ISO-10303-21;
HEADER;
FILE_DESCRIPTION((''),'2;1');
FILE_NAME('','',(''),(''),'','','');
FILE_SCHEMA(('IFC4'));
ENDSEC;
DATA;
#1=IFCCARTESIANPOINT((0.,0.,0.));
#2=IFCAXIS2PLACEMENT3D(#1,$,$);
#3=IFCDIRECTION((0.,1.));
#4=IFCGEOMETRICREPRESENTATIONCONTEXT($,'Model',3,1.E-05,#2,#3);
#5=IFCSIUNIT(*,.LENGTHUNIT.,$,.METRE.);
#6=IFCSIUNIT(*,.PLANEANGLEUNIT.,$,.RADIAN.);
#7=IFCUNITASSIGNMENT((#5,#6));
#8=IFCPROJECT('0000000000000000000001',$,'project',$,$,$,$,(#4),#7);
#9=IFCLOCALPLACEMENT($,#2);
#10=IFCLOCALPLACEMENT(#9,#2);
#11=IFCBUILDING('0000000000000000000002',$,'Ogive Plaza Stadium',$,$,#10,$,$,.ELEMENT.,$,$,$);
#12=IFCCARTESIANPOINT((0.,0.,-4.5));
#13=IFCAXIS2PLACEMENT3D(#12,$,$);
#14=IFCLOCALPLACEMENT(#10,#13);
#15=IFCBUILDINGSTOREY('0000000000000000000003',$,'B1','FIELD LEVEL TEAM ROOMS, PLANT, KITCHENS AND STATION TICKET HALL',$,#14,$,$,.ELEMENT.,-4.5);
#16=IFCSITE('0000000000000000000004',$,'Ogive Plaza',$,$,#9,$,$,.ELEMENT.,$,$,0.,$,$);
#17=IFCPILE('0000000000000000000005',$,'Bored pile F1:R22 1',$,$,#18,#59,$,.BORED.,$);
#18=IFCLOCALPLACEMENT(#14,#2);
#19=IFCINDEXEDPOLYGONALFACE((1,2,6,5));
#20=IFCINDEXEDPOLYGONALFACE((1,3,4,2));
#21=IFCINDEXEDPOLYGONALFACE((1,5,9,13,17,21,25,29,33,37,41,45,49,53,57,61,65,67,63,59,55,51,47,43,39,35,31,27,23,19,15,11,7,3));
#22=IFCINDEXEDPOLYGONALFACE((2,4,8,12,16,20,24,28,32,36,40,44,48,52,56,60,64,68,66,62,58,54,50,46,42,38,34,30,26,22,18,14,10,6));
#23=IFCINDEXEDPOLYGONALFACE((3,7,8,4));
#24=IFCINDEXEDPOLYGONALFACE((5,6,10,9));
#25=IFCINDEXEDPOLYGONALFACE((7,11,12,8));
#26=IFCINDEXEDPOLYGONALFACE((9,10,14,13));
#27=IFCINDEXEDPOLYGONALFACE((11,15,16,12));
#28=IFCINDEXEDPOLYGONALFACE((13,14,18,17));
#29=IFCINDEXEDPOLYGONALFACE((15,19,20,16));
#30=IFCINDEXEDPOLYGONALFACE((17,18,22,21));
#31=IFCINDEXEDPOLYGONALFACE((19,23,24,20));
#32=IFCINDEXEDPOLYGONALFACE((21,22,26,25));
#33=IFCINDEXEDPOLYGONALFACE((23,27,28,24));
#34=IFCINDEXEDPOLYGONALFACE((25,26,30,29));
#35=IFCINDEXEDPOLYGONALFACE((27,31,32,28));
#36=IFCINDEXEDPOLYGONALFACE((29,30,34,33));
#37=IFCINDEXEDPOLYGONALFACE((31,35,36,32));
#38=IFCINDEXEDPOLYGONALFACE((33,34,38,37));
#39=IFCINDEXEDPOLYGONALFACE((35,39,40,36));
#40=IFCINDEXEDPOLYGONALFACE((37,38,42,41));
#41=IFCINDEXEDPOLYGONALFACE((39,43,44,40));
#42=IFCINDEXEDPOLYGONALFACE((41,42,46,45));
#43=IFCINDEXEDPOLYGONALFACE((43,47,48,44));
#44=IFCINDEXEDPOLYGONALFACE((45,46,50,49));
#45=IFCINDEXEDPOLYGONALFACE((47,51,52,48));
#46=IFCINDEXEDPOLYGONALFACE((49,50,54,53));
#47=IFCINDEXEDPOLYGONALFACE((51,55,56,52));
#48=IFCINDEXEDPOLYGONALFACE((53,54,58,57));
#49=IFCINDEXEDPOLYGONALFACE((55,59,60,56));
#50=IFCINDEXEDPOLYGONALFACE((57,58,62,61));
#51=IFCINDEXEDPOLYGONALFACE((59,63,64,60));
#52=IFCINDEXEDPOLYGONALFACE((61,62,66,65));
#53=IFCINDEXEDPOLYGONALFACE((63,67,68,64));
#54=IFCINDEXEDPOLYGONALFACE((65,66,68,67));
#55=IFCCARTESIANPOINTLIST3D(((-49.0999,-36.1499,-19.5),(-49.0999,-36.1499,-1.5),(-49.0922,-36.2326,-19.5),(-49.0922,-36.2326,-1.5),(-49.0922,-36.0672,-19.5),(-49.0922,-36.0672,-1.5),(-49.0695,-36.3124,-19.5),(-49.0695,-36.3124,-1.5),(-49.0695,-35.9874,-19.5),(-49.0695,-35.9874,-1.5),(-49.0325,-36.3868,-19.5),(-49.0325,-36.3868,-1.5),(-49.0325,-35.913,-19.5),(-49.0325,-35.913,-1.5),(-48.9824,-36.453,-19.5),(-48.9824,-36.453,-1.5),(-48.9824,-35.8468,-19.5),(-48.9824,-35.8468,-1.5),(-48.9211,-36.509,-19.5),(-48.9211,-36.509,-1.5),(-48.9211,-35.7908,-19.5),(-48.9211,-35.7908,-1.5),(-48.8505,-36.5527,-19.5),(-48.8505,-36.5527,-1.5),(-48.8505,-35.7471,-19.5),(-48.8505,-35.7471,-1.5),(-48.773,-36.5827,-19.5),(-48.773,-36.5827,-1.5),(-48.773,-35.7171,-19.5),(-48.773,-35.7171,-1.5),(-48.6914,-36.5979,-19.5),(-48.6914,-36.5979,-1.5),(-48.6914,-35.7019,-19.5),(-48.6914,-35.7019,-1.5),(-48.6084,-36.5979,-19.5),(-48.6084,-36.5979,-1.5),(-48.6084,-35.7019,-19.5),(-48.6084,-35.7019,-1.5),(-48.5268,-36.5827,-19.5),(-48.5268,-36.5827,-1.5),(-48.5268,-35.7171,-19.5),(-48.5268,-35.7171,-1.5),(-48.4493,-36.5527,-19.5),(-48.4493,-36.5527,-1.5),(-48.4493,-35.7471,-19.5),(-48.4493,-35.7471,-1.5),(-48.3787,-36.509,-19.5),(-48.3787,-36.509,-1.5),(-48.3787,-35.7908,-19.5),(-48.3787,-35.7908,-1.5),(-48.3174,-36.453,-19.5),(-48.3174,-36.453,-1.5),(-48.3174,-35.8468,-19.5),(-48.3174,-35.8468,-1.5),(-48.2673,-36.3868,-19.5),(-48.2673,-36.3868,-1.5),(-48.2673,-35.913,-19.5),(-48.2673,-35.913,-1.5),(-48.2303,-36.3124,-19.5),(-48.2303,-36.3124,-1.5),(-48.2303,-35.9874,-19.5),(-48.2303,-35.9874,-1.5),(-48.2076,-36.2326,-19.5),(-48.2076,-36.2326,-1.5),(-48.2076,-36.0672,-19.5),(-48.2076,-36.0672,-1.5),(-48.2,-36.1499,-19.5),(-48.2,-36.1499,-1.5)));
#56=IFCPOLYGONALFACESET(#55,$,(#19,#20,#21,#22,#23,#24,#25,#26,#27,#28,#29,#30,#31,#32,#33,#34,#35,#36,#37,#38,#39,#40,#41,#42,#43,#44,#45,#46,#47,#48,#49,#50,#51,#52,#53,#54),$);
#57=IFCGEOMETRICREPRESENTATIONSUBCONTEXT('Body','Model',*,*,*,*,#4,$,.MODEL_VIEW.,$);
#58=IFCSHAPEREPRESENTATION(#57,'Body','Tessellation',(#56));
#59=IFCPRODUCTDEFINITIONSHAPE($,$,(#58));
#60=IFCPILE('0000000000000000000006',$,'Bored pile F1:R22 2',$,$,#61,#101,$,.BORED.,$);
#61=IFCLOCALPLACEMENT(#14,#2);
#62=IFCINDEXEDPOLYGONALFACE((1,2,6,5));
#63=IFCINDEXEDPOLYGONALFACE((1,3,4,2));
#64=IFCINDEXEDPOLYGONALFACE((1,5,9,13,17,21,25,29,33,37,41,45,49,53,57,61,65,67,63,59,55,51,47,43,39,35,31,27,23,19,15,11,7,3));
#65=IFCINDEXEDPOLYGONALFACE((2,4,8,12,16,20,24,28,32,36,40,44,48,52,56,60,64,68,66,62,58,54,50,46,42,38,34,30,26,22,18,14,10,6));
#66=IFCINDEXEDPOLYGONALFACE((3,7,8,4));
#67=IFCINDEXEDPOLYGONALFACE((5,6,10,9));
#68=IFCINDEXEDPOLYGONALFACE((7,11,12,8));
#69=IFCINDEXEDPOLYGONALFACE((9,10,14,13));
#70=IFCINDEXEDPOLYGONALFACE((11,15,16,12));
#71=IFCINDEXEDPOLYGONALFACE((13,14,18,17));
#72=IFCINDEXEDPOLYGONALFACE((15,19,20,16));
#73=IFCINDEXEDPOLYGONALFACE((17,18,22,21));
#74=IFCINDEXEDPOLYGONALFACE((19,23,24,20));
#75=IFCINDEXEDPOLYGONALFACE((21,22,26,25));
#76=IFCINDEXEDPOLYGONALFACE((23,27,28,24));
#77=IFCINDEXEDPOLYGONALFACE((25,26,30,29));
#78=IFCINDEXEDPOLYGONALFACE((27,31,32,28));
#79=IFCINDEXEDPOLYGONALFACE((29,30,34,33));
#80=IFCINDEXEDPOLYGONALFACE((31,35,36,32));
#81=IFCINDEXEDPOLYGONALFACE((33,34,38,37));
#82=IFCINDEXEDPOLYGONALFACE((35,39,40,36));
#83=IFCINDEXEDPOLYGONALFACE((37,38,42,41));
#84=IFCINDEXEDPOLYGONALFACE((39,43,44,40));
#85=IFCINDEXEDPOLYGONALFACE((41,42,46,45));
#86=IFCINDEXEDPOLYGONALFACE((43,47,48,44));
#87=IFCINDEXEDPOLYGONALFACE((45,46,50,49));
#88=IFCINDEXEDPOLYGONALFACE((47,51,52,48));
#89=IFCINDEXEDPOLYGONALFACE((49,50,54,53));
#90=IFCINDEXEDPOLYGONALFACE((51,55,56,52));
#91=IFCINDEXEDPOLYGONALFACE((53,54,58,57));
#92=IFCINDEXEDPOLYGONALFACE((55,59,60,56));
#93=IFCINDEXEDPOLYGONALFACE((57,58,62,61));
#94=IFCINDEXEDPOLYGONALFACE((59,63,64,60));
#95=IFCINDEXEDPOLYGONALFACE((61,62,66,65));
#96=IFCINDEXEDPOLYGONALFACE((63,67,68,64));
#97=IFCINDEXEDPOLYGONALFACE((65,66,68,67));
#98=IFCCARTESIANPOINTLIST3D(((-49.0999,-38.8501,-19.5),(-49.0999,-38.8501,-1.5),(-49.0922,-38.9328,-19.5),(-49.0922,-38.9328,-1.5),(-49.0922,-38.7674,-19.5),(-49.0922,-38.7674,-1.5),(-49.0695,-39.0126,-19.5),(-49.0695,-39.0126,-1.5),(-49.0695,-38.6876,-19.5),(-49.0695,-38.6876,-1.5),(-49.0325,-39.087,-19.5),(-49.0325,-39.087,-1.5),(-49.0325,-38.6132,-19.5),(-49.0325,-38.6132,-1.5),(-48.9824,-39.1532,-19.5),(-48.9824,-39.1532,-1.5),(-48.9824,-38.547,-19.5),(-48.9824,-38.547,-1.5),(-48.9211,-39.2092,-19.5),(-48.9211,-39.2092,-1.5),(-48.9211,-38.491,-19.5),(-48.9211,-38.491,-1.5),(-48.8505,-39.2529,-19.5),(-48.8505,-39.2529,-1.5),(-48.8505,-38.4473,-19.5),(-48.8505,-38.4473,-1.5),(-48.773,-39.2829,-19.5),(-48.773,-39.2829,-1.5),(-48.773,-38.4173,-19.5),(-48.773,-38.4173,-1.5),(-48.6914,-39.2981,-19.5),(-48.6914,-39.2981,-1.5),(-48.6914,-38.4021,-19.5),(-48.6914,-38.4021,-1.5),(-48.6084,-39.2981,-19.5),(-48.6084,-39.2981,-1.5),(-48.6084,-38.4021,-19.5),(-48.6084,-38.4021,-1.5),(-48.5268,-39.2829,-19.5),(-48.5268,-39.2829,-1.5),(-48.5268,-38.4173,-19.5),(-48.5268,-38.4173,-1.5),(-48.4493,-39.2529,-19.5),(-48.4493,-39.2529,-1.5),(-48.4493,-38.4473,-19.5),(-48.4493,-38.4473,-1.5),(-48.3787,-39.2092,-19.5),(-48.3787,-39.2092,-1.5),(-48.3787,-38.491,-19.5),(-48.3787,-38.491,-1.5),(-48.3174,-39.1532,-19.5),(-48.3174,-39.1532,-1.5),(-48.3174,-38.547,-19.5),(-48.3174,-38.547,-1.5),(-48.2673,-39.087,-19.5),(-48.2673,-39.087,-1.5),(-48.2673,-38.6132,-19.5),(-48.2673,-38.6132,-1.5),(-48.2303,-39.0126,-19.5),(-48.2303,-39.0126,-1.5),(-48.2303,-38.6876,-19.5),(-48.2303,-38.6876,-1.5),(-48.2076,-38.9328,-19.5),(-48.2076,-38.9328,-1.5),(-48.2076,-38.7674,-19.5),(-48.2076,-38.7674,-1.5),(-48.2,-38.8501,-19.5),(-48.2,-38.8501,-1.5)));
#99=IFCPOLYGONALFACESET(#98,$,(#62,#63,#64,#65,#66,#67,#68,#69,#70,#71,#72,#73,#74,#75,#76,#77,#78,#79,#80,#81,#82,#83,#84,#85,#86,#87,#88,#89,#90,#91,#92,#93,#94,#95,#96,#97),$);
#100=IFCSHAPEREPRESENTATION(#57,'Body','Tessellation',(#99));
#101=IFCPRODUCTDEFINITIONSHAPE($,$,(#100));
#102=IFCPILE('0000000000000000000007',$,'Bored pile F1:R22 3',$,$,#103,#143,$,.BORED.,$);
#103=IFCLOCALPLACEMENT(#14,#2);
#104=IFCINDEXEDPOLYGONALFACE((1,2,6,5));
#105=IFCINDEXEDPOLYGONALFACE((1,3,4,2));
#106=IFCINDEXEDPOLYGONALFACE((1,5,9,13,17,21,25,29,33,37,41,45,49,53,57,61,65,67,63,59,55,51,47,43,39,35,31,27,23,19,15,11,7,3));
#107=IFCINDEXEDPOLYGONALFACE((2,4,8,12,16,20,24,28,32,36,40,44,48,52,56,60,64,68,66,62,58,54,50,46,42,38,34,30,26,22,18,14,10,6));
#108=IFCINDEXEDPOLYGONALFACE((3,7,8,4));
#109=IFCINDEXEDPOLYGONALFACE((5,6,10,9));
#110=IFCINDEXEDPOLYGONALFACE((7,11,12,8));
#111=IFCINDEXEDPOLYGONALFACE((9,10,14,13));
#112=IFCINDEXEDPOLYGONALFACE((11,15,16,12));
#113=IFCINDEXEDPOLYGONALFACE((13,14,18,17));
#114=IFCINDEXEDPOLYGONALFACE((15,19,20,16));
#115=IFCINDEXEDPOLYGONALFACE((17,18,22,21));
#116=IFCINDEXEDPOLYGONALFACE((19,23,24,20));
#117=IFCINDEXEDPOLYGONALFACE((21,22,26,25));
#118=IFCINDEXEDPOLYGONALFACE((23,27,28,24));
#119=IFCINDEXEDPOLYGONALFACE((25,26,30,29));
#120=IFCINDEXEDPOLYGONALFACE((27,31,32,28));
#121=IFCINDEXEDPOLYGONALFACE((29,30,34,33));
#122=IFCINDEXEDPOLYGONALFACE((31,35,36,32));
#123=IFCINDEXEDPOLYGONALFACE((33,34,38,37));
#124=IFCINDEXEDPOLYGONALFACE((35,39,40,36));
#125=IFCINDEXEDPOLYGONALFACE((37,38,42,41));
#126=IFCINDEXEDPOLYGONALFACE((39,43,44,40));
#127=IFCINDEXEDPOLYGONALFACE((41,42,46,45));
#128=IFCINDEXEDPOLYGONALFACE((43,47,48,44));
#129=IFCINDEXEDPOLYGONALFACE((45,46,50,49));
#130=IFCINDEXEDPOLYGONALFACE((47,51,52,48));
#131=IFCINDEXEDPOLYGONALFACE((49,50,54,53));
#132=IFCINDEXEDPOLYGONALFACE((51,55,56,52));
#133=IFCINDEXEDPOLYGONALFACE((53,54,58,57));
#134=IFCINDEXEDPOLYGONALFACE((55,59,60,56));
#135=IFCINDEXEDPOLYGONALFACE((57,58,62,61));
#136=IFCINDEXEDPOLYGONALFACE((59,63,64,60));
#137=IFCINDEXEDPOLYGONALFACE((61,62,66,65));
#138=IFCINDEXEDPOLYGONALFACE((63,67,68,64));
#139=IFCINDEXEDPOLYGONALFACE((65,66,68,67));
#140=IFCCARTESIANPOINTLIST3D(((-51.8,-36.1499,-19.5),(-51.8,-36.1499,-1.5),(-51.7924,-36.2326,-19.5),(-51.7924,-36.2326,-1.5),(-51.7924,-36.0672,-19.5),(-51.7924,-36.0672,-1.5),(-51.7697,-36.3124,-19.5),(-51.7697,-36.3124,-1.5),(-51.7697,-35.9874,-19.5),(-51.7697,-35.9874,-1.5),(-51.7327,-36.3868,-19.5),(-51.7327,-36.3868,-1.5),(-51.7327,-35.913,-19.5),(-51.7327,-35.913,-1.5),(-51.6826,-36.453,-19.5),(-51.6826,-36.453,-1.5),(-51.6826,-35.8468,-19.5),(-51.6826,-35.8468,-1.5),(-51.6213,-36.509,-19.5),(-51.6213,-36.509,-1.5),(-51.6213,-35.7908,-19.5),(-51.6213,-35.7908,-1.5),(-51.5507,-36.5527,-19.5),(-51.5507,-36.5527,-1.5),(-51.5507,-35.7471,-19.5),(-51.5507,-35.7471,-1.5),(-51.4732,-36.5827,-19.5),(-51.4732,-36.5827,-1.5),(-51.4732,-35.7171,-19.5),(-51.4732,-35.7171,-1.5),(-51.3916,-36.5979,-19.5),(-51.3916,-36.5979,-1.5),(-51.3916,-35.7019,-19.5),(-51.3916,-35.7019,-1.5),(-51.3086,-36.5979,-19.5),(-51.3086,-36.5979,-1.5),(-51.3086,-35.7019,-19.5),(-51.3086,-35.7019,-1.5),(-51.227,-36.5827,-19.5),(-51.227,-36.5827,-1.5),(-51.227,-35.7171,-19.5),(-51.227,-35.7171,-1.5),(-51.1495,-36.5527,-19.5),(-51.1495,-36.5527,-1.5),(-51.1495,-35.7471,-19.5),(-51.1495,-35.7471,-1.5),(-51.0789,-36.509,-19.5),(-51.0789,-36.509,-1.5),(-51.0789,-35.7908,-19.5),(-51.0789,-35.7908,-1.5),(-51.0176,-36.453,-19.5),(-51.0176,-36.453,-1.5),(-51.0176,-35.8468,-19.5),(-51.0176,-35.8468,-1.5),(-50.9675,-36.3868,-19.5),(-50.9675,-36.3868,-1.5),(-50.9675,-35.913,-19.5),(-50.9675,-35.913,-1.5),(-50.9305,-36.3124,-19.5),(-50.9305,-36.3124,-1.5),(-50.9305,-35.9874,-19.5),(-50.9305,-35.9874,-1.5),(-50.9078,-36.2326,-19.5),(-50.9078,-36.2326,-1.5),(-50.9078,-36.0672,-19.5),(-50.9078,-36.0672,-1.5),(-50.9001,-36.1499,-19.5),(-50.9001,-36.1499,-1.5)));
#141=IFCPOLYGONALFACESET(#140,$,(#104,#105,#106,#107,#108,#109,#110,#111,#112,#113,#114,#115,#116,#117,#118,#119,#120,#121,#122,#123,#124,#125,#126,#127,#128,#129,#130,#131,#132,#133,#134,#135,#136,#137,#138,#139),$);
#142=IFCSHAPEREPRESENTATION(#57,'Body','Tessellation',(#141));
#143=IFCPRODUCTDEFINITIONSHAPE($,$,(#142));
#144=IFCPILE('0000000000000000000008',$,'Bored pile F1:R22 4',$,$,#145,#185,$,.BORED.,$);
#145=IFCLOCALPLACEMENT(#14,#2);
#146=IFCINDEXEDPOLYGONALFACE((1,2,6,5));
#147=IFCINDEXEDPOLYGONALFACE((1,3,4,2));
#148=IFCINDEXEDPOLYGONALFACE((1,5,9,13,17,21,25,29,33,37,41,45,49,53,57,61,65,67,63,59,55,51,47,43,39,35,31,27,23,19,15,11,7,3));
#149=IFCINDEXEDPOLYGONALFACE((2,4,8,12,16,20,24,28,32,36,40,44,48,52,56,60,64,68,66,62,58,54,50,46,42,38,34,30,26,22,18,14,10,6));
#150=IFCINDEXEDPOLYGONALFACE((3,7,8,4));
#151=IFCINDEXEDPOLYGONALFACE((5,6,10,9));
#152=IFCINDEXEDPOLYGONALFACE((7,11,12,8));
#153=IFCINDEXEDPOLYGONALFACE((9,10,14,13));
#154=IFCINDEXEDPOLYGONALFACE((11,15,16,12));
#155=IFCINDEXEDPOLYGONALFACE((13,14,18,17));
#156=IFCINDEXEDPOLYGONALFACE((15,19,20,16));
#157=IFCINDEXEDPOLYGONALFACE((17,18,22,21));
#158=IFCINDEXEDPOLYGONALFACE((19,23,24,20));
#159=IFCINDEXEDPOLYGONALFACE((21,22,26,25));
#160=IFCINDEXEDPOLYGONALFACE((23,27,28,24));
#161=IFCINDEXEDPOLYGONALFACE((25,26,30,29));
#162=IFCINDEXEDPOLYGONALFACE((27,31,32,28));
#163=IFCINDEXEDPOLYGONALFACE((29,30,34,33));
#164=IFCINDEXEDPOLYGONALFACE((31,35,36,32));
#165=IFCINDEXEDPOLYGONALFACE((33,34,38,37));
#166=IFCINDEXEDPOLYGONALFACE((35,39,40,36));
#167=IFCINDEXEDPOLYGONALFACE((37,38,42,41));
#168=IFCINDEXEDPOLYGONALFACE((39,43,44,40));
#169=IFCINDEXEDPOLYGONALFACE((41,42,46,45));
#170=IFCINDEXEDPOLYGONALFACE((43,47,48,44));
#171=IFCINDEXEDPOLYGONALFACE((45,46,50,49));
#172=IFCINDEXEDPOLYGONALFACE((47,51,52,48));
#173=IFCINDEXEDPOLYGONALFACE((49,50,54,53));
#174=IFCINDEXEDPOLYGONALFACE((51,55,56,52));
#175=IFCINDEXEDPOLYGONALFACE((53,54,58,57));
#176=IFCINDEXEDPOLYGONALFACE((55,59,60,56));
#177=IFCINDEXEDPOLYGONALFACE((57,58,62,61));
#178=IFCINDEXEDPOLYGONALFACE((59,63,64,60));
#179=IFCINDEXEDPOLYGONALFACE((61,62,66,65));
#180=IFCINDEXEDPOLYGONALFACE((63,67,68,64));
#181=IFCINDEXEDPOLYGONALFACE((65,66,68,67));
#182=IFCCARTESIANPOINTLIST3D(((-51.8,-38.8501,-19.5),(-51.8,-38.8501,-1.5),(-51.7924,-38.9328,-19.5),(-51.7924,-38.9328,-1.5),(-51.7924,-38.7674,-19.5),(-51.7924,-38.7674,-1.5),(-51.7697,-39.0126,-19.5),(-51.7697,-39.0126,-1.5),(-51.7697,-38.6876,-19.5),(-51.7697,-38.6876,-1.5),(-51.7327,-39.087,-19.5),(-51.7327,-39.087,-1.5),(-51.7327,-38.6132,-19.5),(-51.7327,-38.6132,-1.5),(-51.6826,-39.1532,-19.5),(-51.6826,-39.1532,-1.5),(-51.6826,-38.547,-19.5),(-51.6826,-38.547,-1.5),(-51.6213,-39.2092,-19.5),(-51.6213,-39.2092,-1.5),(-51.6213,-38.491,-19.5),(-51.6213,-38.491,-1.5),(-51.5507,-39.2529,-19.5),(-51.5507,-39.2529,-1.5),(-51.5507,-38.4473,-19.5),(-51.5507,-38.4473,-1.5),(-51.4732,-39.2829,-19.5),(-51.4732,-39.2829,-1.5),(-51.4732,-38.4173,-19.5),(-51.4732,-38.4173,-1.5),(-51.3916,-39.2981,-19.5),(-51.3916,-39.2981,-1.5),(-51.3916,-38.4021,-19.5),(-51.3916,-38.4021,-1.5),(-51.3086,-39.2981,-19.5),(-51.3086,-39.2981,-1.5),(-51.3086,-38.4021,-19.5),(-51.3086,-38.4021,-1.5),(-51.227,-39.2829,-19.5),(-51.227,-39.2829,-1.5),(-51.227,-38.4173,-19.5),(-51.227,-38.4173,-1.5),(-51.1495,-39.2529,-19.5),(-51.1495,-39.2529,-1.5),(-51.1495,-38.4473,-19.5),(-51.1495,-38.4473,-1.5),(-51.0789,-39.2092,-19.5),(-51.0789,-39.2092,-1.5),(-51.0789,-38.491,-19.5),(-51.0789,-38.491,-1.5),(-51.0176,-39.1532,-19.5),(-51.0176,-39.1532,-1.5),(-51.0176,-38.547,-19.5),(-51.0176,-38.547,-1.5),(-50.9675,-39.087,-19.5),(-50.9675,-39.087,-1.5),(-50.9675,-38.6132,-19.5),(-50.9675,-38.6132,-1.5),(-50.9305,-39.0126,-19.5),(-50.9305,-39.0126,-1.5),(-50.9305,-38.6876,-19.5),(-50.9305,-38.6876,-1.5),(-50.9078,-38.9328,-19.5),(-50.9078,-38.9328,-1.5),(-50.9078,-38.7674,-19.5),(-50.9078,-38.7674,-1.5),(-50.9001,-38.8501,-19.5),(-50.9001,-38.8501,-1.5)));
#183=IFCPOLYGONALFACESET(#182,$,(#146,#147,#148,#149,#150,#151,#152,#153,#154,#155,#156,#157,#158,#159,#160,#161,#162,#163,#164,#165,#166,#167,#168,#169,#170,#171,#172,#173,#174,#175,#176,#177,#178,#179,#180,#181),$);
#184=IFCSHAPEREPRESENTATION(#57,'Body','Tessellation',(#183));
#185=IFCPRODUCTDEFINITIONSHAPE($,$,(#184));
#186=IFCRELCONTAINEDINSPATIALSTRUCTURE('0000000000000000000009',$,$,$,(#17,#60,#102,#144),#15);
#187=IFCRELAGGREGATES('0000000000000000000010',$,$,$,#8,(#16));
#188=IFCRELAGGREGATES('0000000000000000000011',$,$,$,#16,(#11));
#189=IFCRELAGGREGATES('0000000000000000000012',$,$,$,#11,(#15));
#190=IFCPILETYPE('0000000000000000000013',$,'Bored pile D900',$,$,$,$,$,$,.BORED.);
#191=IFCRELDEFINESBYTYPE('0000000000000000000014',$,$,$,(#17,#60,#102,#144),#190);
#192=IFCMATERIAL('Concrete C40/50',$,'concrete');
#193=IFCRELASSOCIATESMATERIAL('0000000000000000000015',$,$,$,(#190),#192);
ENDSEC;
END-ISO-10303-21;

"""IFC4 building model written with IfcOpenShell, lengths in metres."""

from ifc_helpers import new_model, si_unit, direction, frame, origin, origin_2d, place, context, subcontext, project, spatial, circle, extrude, material, material_profile, profile_set, type_object, element, save


model = new_model("IFC4")

# Units and contexts
model_context = context("Model", 3, precision=1e-05, world=origin(), true_north=direction((0.0, 1.0)))
body_context = subcontext(model_context, "Body", "Model", "MODEL_VIEW")
ifc_project = project(units=[si_unit("LENGTHUNIT", "METRE"), si_unit("PLANEANGLEUNIT", "RADIAN")], contexts=[model_context])

# Site, building, storey
site_placement = place(None, origin())
site = spatial("IfcSite", under=ifc_project, at=site_placement, Name="Ogive Plaza", CompositionType="ELEMENT", RefElevation=0.0)
building_placement = place(site_placement, origin())
building = spatial("IfcBuilding", under=site, at=building_placement, Name="Ogive Plaza Stadium", CompositionType="ELEMENT")
storey_placement = place(building_placement, frame((0.0, 0.0, -4.5)))
storey = spatial("IfcBuildingStorey", under=building, at=storey_placement, Name="B1", Description="FIELD LEVEL TEAM ROOMS, PLANT, KITCHENS AND STATION TICKET HALL", CompositionType="ELEMENT", Elevation=-4.5)

# Piles
ifc_material_1 = material(Name="Concrete C40/50", Category="concrete")
ifc_material_profile_1 = material_profile(ifc_material_1, circle(Radius=0.45, at=origin_2d()), Name="RC D900")
ifc_profile_set_1 = profile_set([ifc_material_profile_1], Name="Concrete C40/50")
pile_type_1 = type_object("IfcPileType", Name="Bored pile D900", PredefinedType="BORED", material=ifc_profile_set_1)
for number, where, z_axis, x_axis, name in (
    (1, (-48.6499, -36.1499, -1.5), (0.0, 0.0, -1.0), (1.0, 0.0, 0.0), "Bored pile F1:R22 1"),
    (2, (-48.6499, -38.8501, -1.5), (0.0, 0.0, -1.0), (1.0, 0.0, 0.0), "Bored pile F1:R22 2"),
    (3, (-51.3501, -36.1499, -1.5), (0.0, 0.0, -1.0), (1.0, 0.0, 0.0), "Bored pile F1:R22 3"),
    (4, (-51.3501, -38.8501, -1.5), (0.0, 0.0, -1.0), (1.0, 0.0, 0.0), "Bored pile F1:R22 4"),
):
    element("IfcPile", number, at=place(storey_placement, frame(where, z_axis=z_axis, x_axis=x_axis)), inside=storey, type_object=pile_type_1, Name=name, PredefinedType="BORED", context=body_context, shape_type="SweptSolid", body=[
        extrude(circle(Radius=0.45, at=origin_2d()), origin(), (0.0, 0.0, 1.0), 18.0),
    ])

save(model, "model.ifc")
